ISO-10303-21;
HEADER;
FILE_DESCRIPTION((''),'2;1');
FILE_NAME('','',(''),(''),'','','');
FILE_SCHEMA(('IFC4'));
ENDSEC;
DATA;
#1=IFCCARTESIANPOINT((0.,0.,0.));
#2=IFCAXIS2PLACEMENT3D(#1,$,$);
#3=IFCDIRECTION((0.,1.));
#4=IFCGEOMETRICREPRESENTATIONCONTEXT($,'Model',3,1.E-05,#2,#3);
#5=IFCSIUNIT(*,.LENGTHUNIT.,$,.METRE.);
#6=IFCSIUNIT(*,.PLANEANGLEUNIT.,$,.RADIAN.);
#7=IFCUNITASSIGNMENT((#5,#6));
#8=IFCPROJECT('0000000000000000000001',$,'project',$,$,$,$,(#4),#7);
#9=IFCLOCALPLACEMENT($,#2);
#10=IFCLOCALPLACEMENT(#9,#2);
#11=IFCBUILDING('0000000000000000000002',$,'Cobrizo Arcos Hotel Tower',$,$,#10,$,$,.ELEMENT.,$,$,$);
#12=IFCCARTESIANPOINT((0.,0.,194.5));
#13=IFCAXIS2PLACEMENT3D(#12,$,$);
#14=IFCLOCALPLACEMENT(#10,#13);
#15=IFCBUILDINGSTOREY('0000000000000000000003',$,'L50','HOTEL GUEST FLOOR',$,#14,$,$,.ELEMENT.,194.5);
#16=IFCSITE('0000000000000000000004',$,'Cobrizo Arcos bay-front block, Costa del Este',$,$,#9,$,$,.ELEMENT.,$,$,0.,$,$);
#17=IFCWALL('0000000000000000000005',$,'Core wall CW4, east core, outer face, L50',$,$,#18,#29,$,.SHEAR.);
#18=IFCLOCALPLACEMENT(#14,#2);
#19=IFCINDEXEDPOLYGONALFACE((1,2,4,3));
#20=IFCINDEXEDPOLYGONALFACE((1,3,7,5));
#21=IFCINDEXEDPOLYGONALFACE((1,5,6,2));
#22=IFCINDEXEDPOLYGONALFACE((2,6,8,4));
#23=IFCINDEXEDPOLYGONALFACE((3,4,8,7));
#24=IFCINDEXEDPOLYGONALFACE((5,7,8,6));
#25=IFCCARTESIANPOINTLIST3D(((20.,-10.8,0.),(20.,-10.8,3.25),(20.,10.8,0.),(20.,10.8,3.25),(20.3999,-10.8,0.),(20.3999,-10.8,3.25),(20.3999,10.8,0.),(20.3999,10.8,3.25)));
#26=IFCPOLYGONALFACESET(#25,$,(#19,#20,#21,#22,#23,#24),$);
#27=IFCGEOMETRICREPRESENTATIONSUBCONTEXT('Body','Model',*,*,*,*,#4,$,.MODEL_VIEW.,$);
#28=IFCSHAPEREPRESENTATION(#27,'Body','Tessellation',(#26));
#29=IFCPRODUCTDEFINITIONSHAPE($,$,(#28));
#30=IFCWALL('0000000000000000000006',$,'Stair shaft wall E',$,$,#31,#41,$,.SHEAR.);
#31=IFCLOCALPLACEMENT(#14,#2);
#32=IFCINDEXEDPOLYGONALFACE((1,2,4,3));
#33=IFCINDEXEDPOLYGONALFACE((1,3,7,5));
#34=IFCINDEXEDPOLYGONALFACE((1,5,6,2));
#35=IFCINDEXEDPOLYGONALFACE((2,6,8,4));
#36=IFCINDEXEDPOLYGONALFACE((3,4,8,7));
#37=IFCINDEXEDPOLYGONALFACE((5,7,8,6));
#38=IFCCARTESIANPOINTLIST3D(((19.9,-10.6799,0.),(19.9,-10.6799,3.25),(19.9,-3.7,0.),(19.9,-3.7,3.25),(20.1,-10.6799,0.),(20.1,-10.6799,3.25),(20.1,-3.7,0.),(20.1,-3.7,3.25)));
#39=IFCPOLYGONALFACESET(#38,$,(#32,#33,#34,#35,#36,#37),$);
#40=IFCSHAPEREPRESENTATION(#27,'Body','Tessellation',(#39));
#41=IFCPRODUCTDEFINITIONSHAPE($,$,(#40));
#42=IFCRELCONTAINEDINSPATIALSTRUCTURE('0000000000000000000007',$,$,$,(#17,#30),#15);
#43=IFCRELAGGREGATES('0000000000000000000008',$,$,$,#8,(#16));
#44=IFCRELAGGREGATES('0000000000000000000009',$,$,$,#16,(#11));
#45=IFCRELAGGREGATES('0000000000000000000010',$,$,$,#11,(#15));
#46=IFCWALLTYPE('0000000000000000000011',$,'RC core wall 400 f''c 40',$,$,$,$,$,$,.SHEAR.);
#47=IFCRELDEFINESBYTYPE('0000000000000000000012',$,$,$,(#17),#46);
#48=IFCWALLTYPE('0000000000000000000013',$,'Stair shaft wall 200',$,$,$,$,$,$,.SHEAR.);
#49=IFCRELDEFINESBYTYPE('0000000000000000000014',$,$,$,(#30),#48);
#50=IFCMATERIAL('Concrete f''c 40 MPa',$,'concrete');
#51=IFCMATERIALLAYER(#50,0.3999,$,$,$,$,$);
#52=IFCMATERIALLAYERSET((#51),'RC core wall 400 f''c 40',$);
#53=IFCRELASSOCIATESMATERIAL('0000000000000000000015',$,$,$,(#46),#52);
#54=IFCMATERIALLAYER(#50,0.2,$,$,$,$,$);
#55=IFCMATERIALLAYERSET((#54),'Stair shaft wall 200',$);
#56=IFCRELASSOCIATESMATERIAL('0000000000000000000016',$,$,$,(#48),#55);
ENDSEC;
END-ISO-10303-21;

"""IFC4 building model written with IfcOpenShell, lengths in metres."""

from ifc_helpers import new_model, si_unit, direction, frame, frame_2d, origin, place, context, subcontext, project, spatial, rectangle, extrude, material, layer, layer_set, type_object, element, save


model = new_model("IFC4")

# Units and contexts
model_context = context("Model", 3, precision=1e-05, world=origin(), true_north=direction((0.0, 1.0)))
body_context = subcontext(model_context, "Body", "Model", "MODEL_VIEW")
ifc_project = project(units=[si_unit("LENGTHUNIT", "METRE"), si_unit("PLANEANGLEUNIT", "RADIAN")], contexts=[model_context])

# Site, building, storey
site_placement = place(None, origin())
site = spatial("IfcSite", under=ifc_project, at=site_placement, Name="Cobrizo Arcos bay-front block, Costa del Este", CompositionType="ELEMENT", RefElevation=0.0)
building_placement = place(site_placement, origin())
building = spatial("IfcBuilding", under=site, at=building_placement, Name="Cobrizo Arcos Hotel Tower", CompositionType="ELEMENT")
storey_placement = place(building_placement, frame((0.0, 0.0, 194.5)))
storey = spatial("IfcBuildingStorey", under=building, at=storey_placement, Name="L50", Description="HOTEL GUEST FLOOR", CompositionType="ELEMENT", Elevation=194.5)

# Shared definitions
ifc_material_1 = material(Name="Concrete f'c 40 MPa", Category="concrete")
ifc_layer_1 = layer(ifc_material_1, 0.3999)
ifc_layer_set_1 = layer_set([ifc_layer_1], Name="RC core wall 400 f'c 40")
wall_type_1 = type_object("IfcWallType", Name="RC core wall 400 f'c 40", PredefinedType="SHEAR", material=ifc_layer_set_1)

# Walls
wall_1_placement = place(storey_placement, frame((20.2, -10.8, 0.0), z_axis=(0.0, 0.0, 1.0), x_axis=(0.0, 1.0, 0.0)))
element("IfcWall", 1, at=wall_1_placement, inside=storey, type_object=wall_type_1, Name="Core wall CW4, east core, outer face, L50", PredefinedType="SHEAR", context=body_context, shape_type="SweptSolid", body=[
    extrude(rectangle(XDim=21.6001, YDim=0.3999, at=frame_2d((10.8, 0.0))), origin(), (0.0, 0.0, 1.0), 3.25),
])
ifc_layer_2 = layer(ifc_material_1, 0.2)
ifc_layer_set_2 = layer_set([ifc_layer_2], Name="Stair shaft wall 200")
wall_type_2 = type_object("IfcWallType", Name="Stair shaft wall 200", PredefinedType="SHEAR", material=ifc_layer_set_2)
wall_2_placement = place(storey_placement, frame((20.0, -10.6799, 0.0), z_axis=(0.0, 0.0, 1.0), x_axis=(0.0, 1.0, 0.0)))
element("IfcWall", 2, at=wall_2_placement, inside=storey, type_object=wall_type_2, Name="Stair shaft wall E", PredefinedType="SHEAR", context=body_context, shape_type="SweptSolid", body=[
    extrude(rectangle(XDim=6.98, YDim=0.2, at=frame_2d((3.49, 0.0))), origin(), (0.0, 0.0, 1.0), 3.25),
])

save(model, "model.ifc")
